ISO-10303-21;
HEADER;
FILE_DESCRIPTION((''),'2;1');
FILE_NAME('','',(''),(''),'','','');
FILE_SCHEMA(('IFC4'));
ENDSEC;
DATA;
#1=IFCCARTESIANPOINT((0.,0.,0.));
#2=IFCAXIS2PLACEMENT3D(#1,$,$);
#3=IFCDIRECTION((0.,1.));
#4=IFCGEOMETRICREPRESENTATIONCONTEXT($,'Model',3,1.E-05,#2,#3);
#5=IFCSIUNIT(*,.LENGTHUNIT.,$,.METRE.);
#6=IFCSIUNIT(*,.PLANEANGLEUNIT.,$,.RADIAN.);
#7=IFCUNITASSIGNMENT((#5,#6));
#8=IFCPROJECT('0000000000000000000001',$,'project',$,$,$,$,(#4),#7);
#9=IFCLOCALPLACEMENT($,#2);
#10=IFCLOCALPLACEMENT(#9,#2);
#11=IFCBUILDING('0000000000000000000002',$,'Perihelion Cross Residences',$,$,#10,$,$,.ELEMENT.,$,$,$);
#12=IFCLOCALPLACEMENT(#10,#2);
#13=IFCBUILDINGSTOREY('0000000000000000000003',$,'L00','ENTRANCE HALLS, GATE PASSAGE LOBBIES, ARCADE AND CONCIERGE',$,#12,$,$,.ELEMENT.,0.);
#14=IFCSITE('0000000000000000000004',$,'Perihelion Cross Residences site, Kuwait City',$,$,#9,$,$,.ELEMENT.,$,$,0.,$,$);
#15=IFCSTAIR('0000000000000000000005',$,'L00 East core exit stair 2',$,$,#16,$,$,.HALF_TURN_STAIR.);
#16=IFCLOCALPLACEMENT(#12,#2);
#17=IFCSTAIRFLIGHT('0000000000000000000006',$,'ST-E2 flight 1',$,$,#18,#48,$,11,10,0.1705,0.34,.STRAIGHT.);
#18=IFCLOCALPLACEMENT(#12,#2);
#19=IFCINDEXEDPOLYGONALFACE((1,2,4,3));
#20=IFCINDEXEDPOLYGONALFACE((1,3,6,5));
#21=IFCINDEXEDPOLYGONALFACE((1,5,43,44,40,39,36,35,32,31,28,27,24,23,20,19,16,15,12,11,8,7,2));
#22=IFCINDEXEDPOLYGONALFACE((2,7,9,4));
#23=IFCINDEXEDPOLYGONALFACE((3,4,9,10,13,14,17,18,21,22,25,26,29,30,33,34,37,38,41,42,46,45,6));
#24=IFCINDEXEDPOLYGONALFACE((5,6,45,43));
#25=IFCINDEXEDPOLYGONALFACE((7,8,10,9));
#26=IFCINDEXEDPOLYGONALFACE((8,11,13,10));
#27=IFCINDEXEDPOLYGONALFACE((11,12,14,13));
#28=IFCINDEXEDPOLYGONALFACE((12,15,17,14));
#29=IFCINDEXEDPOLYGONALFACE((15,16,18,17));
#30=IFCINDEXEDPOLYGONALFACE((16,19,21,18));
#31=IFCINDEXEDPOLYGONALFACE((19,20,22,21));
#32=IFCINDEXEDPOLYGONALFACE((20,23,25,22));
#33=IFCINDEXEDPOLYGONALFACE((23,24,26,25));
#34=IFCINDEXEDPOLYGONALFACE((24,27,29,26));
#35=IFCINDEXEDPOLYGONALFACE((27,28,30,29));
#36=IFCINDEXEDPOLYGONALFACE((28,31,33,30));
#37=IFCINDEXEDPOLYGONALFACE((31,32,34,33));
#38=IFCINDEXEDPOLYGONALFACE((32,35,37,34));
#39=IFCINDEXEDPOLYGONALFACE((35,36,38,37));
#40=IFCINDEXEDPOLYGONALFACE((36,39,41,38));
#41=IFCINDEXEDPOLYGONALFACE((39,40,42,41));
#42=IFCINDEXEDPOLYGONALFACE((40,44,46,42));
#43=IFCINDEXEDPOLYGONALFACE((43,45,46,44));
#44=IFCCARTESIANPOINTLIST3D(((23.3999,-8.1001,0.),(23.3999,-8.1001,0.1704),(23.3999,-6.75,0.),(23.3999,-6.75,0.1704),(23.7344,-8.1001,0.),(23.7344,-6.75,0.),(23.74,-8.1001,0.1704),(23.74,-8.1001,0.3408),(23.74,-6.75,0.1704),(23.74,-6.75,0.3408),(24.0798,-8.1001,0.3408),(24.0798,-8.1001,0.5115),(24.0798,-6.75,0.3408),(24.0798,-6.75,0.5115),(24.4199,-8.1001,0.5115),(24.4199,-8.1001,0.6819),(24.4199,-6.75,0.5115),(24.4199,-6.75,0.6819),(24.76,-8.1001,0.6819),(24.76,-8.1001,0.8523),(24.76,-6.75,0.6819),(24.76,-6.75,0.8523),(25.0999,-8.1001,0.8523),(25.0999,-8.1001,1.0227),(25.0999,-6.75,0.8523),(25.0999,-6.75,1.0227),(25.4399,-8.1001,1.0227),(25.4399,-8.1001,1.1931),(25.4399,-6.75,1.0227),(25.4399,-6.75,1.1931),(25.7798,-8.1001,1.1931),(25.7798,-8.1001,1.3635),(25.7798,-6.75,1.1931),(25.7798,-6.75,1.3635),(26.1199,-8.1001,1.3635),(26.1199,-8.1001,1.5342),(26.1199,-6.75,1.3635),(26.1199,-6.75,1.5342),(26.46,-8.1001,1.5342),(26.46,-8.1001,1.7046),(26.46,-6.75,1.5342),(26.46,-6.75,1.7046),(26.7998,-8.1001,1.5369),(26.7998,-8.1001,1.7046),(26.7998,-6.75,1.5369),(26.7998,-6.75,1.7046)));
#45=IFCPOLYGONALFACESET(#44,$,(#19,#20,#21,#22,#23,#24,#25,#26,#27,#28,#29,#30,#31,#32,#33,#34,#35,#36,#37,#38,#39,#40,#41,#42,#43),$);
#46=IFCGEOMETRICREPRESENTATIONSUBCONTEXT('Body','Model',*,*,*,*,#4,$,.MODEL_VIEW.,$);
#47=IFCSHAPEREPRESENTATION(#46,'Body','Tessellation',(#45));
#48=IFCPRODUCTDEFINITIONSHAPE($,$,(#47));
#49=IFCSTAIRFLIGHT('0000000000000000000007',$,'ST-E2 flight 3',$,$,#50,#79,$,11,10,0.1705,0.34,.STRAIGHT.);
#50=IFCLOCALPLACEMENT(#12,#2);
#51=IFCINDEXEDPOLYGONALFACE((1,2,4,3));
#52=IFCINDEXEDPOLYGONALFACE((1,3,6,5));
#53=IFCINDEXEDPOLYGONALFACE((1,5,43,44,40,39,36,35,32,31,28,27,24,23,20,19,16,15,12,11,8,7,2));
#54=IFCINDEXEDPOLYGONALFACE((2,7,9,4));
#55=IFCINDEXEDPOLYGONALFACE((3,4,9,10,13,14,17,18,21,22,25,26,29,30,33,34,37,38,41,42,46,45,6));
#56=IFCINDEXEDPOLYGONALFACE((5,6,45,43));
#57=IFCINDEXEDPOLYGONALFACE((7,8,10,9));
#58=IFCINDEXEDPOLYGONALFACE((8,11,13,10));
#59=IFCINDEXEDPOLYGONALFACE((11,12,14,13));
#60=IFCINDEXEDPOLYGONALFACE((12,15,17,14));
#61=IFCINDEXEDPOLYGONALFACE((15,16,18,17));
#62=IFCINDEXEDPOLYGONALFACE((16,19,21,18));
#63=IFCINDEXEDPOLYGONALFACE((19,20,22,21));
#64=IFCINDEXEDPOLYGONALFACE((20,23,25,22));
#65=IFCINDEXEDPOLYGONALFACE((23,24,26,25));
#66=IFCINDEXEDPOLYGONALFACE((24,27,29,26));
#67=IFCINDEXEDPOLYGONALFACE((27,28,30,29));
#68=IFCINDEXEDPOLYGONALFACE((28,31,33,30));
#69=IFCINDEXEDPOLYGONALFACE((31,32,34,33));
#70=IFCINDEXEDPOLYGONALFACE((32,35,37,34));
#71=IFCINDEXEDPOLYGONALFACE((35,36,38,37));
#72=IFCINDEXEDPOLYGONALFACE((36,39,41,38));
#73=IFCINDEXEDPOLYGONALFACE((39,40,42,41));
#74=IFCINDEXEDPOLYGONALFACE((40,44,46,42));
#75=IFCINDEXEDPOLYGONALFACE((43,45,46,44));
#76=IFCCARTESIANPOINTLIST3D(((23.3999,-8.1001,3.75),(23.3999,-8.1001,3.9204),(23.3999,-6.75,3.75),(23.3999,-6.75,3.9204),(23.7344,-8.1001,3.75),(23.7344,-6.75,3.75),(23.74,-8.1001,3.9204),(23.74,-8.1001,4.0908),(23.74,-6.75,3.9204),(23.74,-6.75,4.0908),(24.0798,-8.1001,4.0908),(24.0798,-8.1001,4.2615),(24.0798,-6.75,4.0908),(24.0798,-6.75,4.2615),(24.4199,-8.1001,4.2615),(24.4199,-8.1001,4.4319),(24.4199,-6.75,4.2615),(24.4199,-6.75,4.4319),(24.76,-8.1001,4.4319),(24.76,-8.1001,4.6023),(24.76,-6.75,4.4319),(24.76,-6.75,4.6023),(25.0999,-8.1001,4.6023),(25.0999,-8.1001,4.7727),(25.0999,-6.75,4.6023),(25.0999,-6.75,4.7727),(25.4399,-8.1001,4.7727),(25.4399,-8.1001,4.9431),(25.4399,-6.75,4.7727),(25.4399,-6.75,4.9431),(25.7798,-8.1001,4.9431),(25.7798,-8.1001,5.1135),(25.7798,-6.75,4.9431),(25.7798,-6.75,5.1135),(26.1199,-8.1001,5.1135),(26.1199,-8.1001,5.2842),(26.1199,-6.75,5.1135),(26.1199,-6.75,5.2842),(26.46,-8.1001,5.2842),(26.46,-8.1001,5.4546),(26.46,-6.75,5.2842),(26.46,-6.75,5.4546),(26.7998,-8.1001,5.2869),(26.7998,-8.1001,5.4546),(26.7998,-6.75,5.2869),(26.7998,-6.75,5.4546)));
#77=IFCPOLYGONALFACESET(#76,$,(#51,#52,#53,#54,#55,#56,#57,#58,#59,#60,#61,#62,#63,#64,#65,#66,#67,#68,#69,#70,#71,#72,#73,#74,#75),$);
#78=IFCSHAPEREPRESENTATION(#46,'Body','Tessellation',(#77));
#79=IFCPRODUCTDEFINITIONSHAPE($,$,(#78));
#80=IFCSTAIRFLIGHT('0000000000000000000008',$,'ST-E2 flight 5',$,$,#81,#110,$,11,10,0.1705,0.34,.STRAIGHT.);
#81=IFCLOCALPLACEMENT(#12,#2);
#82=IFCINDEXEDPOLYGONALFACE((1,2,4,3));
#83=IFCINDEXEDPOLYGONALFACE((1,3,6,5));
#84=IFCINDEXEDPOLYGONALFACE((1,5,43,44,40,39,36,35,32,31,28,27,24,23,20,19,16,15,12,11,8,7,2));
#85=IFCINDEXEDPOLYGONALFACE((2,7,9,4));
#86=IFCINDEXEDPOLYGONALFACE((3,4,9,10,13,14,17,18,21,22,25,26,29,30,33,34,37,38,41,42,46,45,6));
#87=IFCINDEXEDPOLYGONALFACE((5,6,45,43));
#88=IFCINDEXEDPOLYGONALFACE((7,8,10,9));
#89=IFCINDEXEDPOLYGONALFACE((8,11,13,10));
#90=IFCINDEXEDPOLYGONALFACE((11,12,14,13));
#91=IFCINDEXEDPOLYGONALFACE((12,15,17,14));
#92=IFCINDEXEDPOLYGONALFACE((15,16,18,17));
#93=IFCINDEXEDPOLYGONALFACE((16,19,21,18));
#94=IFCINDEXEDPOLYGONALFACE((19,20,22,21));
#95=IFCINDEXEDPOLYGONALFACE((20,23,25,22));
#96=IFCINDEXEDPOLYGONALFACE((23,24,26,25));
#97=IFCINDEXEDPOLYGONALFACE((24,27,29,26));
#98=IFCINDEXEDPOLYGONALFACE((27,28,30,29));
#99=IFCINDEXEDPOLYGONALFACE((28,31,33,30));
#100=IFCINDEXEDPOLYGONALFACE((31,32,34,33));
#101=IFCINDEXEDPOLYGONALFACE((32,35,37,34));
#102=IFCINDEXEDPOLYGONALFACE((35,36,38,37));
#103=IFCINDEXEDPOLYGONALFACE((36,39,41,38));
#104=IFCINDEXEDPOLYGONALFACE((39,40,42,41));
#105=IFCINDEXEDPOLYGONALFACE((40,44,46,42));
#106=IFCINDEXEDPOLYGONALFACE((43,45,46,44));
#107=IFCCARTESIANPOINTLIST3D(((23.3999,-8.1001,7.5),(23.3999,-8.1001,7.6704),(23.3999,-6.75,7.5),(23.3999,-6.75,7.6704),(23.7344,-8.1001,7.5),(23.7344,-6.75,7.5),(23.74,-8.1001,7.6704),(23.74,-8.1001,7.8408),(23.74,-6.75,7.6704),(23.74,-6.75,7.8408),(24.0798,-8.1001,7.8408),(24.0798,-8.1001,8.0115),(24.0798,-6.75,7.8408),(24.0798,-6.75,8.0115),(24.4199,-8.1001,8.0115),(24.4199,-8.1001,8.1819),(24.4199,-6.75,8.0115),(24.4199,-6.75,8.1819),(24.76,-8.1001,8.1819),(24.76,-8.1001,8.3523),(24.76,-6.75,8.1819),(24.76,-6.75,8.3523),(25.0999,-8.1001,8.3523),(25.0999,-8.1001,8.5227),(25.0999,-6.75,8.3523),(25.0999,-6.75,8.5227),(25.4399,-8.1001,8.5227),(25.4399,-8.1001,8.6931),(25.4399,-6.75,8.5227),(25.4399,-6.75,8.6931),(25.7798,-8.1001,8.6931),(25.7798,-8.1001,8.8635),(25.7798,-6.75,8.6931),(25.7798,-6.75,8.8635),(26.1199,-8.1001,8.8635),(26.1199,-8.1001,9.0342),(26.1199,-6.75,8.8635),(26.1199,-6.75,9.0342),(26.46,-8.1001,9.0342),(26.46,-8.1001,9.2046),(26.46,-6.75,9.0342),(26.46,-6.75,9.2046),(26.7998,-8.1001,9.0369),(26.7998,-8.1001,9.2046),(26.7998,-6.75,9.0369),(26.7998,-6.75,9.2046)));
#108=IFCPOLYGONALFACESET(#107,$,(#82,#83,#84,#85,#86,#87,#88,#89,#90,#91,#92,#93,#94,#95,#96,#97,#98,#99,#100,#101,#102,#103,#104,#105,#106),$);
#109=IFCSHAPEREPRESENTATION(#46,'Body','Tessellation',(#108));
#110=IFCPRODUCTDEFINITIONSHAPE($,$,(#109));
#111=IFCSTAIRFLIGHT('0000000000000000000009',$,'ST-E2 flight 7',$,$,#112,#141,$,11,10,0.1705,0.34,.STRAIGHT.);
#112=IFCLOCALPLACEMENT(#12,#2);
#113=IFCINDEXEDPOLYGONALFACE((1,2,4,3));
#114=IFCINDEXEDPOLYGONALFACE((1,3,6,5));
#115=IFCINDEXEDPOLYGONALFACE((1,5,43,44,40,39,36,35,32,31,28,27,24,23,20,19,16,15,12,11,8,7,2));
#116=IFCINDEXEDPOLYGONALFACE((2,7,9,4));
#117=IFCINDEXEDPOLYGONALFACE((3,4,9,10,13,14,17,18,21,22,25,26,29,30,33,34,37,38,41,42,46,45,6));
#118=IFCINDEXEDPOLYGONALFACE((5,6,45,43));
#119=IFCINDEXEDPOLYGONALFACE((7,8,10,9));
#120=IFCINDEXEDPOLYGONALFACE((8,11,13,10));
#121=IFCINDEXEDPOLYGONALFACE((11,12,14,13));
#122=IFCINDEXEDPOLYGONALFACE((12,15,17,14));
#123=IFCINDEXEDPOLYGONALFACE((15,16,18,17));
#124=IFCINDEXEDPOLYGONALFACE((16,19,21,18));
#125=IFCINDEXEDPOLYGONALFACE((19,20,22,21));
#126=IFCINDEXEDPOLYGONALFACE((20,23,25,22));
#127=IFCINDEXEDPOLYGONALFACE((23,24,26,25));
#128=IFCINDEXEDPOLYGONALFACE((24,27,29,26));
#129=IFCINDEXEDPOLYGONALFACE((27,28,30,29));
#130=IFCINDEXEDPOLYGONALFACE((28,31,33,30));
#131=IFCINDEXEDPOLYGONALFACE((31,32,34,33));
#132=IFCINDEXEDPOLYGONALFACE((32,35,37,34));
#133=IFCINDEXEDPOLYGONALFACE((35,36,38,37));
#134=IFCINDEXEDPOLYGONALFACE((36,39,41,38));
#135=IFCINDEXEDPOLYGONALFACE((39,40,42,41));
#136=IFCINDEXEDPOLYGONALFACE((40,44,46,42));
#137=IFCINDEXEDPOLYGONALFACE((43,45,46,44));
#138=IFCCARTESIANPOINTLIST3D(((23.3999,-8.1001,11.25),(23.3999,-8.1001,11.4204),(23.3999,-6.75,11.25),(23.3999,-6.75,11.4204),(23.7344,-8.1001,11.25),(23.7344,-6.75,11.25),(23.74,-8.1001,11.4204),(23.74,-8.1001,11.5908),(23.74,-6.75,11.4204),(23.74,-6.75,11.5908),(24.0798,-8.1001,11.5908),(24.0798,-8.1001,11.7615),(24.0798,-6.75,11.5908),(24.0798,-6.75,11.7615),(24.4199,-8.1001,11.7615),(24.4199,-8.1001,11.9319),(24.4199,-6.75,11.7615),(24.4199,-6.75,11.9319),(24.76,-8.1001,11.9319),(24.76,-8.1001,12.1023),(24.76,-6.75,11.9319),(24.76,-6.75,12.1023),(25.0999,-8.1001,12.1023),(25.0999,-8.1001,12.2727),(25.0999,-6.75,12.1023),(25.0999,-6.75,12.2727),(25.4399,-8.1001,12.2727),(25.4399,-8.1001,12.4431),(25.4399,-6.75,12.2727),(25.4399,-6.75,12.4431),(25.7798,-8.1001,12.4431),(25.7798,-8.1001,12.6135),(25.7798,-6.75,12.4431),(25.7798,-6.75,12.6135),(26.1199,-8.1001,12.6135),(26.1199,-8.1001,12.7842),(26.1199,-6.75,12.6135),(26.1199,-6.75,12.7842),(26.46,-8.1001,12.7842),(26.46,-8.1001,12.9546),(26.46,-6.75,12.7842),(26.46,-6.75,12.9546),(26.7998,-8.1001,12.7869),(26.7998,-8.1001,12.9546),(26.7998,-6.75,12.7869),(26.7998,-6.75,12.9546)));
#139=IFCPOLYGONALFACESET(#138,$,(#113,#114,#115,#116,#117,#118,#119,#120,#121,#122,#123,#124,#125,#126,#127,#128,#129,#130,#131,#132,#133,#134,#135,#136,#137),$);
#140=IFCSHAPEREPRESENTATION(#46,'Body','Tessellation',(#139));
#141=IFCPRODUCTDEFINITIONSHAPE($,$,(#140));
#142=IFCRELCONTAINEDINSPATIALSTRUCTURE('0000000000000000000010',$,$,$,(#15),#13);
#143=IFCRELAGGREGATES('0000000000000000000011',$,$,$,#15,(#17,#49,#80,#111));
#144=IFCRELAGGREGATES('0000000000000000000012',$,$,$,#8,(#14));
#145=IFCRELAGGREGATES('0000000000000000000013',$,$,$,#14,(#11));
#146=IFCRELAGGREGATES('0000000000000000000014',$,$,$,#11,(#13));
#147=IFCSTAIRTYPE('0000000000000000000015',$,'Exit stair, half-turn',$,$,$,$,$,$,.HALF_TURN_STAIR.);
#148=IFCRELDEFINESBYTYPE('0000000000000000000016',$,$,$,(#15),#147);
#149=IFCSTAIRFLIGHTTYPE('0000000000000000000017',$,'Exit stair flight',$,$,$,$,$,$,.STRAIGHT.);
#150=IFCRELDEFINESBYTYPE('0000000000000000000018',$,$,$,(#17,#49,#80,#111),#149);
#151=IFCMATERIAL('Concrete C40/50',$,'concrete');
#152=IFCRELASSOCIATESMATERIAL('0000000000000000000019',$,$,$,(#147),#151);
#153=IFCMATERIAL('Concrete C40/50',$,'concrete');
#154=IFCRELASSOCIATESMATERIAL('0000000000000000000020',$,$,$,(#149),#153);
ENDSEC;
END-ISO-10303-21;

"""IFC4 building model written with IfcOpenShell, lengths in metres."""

from ifc_helpers import new_model, si_unit, direction, frame, origin, place, context, subcontext, project, spatial, polyline, outline, extrude, material, type_object, element, aggregate, save


model = new_model("IFC4")

# Units and contexts
model_context = context("Model", 3, precision=1e-05, world=origin(), true_north=direction((0.0, 1.0)))
body_context = subcontext(model_context, "Body", "Model", "MODEL_VIEW")
ifc_project = project(units=[si_unit("LENGTHUNIT", "METRE"), si_unit("PLANEANGLEUNIT", "RADIAN")], contexts=[model_context])

# Site, building, storey
site_placement = place(None, origin())
site = spatial("IfcSite", under=ifc_project, at=site_placement, Name="Perihelion Cross Residences site, Kuwait City", CompositionType="ELEMENT", RefElevation=0.0)
building_placement = place(site_placement, origin())
building = spatial("IfcBuilding", under=site, at=building_placement, Name="Perihelion Cross Residences", CompositionType="ELEMENT")
storey_placement = place(building_placement, origin())
storey = spatial("IfcBuildingStorey", under=building, at=storey_placement, Name="L00", Description="ENTRANCE HALLS, GATE PASSAGE LOBBIES, ARCADE AND CONCIERGE", CompositionType="ELEMENT", Elevation=0.0)

# Stair, stair flights
ifc_material_1 = material(Name="Concrete C40/50", Category="concrete")
stair_type = type_object("IfcStairType", Name="Exit stair, half-turn", PredefinedType="HALF_TURN_STAIR", material=ifc_material_1)
stair_placement = place(storey_placement, origin())
stair = element("IfcStair", 1, at=stair_placement, inside=storey, type_object=stair_type, Name="L00 East core exit stair 2", PredefinedType="HALF_TURN_STAIR")
ifc_material_2 = material(Name="Concrete C40/50", Category="concrete")
stair_flight_type = type_object("IfcStairFlightType", Name="Exit stair flight", PredefinedType="STRAIGHT", material=ifc_material_2)
stair_flight_1_placement = place(storey_placement, frame((23.3999, -7.425, 0.0), z_axis=(0.0, 0.0, 1.0), x_axis=(1.0, 0.0, 0.0)))
stair_flight_1 = element("IfcStairFlight", 2, at=stair_flight_1_placement, type_object=stair_flight_type, Name="ST-E2 flight 1", NumberOfRisers=11, NumberOfTreads=10, PredefinedType="STRAIGHT", RiserHeight=0.1705, TreadLength=0.34, context=body_context, shape_type="SweptSolid", body=[
    extrude(outline(polyline([(0.0, 0.0), (0.0, 0.1704), (0.3401, 0.1704), (0.3401, 0.3408), (0.6799, 0.3408), (0.6799, 0.5115), (1.02, 0.5115), (1.02, 0.6819), (1.3601, 0.6819), (1.3601, 0.8523), (1.7, 0.8523), (1.7, 1.0227), (2.04, 1.0227), (2.04, 1.1931), (2.3799, 1.1931), (2.3799, 1.3635), (2.72, 1.3635), (2.72, 1.5342), (3.0601, 1.5342), (3.0601, 1.7046), (3.3999, 1.7046), (3.3999, 1.875), (3.3999, 1.5369), (0.3345, 0.0), (0.0, 0.0)])), frame((0.0, 0.675, 0.0), z_axis=(0.0, -1.0, 0.0), x_axis=(1.0, 0.0, 0.0)), (0.0, 0.0, 1.0), 1.3501),
])
stair_flight_2_placement = place(storey_placement, frame((23.3999, -7.425, 3.75), z_axis=(0.0, 0.0, 1.0), x_axis=(1.0, 0.0, 0.0)))
stair_flight_2 = element("IfcStairFlight", 3, at=stair_flight_2_placement, type_object=stair_flight_type, Name="ST-E2 flight 3", NumberOfRisers=11, NumberOfTreads=10, PredefinedType="STRAIGHT", RiserHeight=0.1705, TreadLength=0.34, context=body_context, shape_type="SweptSolid", body=[
    extrude(outline(polyline([(0.0, 0.0), (0.0, 0.1704), (0.3401, 0.1704), (0.3401, 0.3408), (0.6799, 0.3408), (0.6799, 0.5115), (1.02, 0.5115), (1.02, 0.6819), (1.3601, 0.6819), (1.3601, 0.8523), (1.7, 0.8523), (1.7, 1.0227), (2.04, 1.0227), (2.04, 1.1931), (2.3799, 1.1931), (2.3799, 1.3635), (2.72, 1.3635), (2.72, 1.5342), (3.0601, 1.5342), (3.0601, 1.7046), (3.3999, 1.7046), (3.3999, 1.875), (3.3999, 1.5369), (0.3345, 0.0), (0.0, 0.0)])), frame((0.0, 0.675, 0.0), z_axis=(0.0, -1.0, 0.0), x_axis=(1.0, 0.0, 0.0)), (0.0, 0.0, 1.0), 1.3501),
])
stair_flight_3_placement = place(storey_placement, frame((23.3999, -7.425, 7.5), z_axis=(0.0, 0.0, 1.0), x_axis=(1.0, 0.0, 0.0)))
stair_flight_3 = element("IfcStairFlight", 4, at=stair_flight_3_placement, type_object=stair_flight_type, Name="ST-E2 flight 5", NumberOfRisers=11, NumberOfTreads=10, PredefinedType="STRAIGHT", RiserHeight=0.1705, TreadLength=0.34, context=body_context, shape_type="SweptSolid", body=[
    extrude(outline(polyline([(0.0, 0.0), (0.0, 0.1704), (0.3401, 0.1704), (0.3401, 0.3408), (0.6799, 0.3408), (0.6799, 0.5115), (1.02, 0.5115), (1.02, 0.6819), (1.3601, 0.6819), (1.3601, 0.8523), (1.7, 0.8523), (1.7, 1.0227), (2.04, 1.0227), (2.04, 1.1931), (2.3799, 1.1931), (2.3799, 1.3635), (2.72, 1.3635), (2.72, 1.5342), (3.0601, 1.5342), (3.0601, 1.7046), (3.3999, 1.7046), (3.3999, 1.875), (3.3999, 1.5369), (0.3345, 0.0), (0.0, 0.0)])), frame((0.0, 0.675, 0.0), z_axis=(0.0, -1.0, 0.0), x_axis=(1.0, 0.0, 0.0)), (0.0, 0.0, 1.0), 1.3501),
])
stair_flight_4_placement = place(storey_placement, frame((23.3999, -7.425, 11.25), z_axis=(0.0, 0.0, 1.0), x_axis=(1.0, 0.0, 0.0)))
stair_flight_4 = element("IfcStairFlight", 5, at=stair_flight_4_placement, type_object=stair_flight_type, Name="ST-E2 flight 7", NumberOfRisers=11, NumberOfTreads=10, PredefinedType="STRAIGHT", RiserHeight=0.1705, TreadLength=0.34, context=body_context, shape_type="SweptSolid", body=[
    extrude(outline(polyline([(0.0, 0.0), (0.0, 0.1704), (0.3401, 0.1704), (0.3401, 0.3408), (0.6799, 0.3408), (0.6799, 0.5115), (1.02, 0.5115), (1.02, 0.6819), (1.3601, 0.6819), (1.3601, 0.8523), (1.7, 0.8523), (1.7, 1.0227), (2.04, 1.0227), (2.04, 1.1931), (2.3799, 1.1931), (2.3799, 1.3635), (2.72, 1.3635), (2.72, 1.5342), (3.0601, 1.5342), (3.0601, 1.7046), (3.3999, 1.7046), (3.3999, 1.875), (3.3999, 1.5369), (0.3345, 0.0), (0.0, 0.0)])), frame((0.0, 0.675, 0.0), z_axis=(0.0, -1.0, 0.0), x_axis=(1.0, 0.0, 0.0)), (0.0, 0.0, 1.0), 1.3501),
])
aggregate(stair, [stair_flight_1, stair_flight_2, stair_flight_3, stair_flight_4])

save(model, "model.ifc")
